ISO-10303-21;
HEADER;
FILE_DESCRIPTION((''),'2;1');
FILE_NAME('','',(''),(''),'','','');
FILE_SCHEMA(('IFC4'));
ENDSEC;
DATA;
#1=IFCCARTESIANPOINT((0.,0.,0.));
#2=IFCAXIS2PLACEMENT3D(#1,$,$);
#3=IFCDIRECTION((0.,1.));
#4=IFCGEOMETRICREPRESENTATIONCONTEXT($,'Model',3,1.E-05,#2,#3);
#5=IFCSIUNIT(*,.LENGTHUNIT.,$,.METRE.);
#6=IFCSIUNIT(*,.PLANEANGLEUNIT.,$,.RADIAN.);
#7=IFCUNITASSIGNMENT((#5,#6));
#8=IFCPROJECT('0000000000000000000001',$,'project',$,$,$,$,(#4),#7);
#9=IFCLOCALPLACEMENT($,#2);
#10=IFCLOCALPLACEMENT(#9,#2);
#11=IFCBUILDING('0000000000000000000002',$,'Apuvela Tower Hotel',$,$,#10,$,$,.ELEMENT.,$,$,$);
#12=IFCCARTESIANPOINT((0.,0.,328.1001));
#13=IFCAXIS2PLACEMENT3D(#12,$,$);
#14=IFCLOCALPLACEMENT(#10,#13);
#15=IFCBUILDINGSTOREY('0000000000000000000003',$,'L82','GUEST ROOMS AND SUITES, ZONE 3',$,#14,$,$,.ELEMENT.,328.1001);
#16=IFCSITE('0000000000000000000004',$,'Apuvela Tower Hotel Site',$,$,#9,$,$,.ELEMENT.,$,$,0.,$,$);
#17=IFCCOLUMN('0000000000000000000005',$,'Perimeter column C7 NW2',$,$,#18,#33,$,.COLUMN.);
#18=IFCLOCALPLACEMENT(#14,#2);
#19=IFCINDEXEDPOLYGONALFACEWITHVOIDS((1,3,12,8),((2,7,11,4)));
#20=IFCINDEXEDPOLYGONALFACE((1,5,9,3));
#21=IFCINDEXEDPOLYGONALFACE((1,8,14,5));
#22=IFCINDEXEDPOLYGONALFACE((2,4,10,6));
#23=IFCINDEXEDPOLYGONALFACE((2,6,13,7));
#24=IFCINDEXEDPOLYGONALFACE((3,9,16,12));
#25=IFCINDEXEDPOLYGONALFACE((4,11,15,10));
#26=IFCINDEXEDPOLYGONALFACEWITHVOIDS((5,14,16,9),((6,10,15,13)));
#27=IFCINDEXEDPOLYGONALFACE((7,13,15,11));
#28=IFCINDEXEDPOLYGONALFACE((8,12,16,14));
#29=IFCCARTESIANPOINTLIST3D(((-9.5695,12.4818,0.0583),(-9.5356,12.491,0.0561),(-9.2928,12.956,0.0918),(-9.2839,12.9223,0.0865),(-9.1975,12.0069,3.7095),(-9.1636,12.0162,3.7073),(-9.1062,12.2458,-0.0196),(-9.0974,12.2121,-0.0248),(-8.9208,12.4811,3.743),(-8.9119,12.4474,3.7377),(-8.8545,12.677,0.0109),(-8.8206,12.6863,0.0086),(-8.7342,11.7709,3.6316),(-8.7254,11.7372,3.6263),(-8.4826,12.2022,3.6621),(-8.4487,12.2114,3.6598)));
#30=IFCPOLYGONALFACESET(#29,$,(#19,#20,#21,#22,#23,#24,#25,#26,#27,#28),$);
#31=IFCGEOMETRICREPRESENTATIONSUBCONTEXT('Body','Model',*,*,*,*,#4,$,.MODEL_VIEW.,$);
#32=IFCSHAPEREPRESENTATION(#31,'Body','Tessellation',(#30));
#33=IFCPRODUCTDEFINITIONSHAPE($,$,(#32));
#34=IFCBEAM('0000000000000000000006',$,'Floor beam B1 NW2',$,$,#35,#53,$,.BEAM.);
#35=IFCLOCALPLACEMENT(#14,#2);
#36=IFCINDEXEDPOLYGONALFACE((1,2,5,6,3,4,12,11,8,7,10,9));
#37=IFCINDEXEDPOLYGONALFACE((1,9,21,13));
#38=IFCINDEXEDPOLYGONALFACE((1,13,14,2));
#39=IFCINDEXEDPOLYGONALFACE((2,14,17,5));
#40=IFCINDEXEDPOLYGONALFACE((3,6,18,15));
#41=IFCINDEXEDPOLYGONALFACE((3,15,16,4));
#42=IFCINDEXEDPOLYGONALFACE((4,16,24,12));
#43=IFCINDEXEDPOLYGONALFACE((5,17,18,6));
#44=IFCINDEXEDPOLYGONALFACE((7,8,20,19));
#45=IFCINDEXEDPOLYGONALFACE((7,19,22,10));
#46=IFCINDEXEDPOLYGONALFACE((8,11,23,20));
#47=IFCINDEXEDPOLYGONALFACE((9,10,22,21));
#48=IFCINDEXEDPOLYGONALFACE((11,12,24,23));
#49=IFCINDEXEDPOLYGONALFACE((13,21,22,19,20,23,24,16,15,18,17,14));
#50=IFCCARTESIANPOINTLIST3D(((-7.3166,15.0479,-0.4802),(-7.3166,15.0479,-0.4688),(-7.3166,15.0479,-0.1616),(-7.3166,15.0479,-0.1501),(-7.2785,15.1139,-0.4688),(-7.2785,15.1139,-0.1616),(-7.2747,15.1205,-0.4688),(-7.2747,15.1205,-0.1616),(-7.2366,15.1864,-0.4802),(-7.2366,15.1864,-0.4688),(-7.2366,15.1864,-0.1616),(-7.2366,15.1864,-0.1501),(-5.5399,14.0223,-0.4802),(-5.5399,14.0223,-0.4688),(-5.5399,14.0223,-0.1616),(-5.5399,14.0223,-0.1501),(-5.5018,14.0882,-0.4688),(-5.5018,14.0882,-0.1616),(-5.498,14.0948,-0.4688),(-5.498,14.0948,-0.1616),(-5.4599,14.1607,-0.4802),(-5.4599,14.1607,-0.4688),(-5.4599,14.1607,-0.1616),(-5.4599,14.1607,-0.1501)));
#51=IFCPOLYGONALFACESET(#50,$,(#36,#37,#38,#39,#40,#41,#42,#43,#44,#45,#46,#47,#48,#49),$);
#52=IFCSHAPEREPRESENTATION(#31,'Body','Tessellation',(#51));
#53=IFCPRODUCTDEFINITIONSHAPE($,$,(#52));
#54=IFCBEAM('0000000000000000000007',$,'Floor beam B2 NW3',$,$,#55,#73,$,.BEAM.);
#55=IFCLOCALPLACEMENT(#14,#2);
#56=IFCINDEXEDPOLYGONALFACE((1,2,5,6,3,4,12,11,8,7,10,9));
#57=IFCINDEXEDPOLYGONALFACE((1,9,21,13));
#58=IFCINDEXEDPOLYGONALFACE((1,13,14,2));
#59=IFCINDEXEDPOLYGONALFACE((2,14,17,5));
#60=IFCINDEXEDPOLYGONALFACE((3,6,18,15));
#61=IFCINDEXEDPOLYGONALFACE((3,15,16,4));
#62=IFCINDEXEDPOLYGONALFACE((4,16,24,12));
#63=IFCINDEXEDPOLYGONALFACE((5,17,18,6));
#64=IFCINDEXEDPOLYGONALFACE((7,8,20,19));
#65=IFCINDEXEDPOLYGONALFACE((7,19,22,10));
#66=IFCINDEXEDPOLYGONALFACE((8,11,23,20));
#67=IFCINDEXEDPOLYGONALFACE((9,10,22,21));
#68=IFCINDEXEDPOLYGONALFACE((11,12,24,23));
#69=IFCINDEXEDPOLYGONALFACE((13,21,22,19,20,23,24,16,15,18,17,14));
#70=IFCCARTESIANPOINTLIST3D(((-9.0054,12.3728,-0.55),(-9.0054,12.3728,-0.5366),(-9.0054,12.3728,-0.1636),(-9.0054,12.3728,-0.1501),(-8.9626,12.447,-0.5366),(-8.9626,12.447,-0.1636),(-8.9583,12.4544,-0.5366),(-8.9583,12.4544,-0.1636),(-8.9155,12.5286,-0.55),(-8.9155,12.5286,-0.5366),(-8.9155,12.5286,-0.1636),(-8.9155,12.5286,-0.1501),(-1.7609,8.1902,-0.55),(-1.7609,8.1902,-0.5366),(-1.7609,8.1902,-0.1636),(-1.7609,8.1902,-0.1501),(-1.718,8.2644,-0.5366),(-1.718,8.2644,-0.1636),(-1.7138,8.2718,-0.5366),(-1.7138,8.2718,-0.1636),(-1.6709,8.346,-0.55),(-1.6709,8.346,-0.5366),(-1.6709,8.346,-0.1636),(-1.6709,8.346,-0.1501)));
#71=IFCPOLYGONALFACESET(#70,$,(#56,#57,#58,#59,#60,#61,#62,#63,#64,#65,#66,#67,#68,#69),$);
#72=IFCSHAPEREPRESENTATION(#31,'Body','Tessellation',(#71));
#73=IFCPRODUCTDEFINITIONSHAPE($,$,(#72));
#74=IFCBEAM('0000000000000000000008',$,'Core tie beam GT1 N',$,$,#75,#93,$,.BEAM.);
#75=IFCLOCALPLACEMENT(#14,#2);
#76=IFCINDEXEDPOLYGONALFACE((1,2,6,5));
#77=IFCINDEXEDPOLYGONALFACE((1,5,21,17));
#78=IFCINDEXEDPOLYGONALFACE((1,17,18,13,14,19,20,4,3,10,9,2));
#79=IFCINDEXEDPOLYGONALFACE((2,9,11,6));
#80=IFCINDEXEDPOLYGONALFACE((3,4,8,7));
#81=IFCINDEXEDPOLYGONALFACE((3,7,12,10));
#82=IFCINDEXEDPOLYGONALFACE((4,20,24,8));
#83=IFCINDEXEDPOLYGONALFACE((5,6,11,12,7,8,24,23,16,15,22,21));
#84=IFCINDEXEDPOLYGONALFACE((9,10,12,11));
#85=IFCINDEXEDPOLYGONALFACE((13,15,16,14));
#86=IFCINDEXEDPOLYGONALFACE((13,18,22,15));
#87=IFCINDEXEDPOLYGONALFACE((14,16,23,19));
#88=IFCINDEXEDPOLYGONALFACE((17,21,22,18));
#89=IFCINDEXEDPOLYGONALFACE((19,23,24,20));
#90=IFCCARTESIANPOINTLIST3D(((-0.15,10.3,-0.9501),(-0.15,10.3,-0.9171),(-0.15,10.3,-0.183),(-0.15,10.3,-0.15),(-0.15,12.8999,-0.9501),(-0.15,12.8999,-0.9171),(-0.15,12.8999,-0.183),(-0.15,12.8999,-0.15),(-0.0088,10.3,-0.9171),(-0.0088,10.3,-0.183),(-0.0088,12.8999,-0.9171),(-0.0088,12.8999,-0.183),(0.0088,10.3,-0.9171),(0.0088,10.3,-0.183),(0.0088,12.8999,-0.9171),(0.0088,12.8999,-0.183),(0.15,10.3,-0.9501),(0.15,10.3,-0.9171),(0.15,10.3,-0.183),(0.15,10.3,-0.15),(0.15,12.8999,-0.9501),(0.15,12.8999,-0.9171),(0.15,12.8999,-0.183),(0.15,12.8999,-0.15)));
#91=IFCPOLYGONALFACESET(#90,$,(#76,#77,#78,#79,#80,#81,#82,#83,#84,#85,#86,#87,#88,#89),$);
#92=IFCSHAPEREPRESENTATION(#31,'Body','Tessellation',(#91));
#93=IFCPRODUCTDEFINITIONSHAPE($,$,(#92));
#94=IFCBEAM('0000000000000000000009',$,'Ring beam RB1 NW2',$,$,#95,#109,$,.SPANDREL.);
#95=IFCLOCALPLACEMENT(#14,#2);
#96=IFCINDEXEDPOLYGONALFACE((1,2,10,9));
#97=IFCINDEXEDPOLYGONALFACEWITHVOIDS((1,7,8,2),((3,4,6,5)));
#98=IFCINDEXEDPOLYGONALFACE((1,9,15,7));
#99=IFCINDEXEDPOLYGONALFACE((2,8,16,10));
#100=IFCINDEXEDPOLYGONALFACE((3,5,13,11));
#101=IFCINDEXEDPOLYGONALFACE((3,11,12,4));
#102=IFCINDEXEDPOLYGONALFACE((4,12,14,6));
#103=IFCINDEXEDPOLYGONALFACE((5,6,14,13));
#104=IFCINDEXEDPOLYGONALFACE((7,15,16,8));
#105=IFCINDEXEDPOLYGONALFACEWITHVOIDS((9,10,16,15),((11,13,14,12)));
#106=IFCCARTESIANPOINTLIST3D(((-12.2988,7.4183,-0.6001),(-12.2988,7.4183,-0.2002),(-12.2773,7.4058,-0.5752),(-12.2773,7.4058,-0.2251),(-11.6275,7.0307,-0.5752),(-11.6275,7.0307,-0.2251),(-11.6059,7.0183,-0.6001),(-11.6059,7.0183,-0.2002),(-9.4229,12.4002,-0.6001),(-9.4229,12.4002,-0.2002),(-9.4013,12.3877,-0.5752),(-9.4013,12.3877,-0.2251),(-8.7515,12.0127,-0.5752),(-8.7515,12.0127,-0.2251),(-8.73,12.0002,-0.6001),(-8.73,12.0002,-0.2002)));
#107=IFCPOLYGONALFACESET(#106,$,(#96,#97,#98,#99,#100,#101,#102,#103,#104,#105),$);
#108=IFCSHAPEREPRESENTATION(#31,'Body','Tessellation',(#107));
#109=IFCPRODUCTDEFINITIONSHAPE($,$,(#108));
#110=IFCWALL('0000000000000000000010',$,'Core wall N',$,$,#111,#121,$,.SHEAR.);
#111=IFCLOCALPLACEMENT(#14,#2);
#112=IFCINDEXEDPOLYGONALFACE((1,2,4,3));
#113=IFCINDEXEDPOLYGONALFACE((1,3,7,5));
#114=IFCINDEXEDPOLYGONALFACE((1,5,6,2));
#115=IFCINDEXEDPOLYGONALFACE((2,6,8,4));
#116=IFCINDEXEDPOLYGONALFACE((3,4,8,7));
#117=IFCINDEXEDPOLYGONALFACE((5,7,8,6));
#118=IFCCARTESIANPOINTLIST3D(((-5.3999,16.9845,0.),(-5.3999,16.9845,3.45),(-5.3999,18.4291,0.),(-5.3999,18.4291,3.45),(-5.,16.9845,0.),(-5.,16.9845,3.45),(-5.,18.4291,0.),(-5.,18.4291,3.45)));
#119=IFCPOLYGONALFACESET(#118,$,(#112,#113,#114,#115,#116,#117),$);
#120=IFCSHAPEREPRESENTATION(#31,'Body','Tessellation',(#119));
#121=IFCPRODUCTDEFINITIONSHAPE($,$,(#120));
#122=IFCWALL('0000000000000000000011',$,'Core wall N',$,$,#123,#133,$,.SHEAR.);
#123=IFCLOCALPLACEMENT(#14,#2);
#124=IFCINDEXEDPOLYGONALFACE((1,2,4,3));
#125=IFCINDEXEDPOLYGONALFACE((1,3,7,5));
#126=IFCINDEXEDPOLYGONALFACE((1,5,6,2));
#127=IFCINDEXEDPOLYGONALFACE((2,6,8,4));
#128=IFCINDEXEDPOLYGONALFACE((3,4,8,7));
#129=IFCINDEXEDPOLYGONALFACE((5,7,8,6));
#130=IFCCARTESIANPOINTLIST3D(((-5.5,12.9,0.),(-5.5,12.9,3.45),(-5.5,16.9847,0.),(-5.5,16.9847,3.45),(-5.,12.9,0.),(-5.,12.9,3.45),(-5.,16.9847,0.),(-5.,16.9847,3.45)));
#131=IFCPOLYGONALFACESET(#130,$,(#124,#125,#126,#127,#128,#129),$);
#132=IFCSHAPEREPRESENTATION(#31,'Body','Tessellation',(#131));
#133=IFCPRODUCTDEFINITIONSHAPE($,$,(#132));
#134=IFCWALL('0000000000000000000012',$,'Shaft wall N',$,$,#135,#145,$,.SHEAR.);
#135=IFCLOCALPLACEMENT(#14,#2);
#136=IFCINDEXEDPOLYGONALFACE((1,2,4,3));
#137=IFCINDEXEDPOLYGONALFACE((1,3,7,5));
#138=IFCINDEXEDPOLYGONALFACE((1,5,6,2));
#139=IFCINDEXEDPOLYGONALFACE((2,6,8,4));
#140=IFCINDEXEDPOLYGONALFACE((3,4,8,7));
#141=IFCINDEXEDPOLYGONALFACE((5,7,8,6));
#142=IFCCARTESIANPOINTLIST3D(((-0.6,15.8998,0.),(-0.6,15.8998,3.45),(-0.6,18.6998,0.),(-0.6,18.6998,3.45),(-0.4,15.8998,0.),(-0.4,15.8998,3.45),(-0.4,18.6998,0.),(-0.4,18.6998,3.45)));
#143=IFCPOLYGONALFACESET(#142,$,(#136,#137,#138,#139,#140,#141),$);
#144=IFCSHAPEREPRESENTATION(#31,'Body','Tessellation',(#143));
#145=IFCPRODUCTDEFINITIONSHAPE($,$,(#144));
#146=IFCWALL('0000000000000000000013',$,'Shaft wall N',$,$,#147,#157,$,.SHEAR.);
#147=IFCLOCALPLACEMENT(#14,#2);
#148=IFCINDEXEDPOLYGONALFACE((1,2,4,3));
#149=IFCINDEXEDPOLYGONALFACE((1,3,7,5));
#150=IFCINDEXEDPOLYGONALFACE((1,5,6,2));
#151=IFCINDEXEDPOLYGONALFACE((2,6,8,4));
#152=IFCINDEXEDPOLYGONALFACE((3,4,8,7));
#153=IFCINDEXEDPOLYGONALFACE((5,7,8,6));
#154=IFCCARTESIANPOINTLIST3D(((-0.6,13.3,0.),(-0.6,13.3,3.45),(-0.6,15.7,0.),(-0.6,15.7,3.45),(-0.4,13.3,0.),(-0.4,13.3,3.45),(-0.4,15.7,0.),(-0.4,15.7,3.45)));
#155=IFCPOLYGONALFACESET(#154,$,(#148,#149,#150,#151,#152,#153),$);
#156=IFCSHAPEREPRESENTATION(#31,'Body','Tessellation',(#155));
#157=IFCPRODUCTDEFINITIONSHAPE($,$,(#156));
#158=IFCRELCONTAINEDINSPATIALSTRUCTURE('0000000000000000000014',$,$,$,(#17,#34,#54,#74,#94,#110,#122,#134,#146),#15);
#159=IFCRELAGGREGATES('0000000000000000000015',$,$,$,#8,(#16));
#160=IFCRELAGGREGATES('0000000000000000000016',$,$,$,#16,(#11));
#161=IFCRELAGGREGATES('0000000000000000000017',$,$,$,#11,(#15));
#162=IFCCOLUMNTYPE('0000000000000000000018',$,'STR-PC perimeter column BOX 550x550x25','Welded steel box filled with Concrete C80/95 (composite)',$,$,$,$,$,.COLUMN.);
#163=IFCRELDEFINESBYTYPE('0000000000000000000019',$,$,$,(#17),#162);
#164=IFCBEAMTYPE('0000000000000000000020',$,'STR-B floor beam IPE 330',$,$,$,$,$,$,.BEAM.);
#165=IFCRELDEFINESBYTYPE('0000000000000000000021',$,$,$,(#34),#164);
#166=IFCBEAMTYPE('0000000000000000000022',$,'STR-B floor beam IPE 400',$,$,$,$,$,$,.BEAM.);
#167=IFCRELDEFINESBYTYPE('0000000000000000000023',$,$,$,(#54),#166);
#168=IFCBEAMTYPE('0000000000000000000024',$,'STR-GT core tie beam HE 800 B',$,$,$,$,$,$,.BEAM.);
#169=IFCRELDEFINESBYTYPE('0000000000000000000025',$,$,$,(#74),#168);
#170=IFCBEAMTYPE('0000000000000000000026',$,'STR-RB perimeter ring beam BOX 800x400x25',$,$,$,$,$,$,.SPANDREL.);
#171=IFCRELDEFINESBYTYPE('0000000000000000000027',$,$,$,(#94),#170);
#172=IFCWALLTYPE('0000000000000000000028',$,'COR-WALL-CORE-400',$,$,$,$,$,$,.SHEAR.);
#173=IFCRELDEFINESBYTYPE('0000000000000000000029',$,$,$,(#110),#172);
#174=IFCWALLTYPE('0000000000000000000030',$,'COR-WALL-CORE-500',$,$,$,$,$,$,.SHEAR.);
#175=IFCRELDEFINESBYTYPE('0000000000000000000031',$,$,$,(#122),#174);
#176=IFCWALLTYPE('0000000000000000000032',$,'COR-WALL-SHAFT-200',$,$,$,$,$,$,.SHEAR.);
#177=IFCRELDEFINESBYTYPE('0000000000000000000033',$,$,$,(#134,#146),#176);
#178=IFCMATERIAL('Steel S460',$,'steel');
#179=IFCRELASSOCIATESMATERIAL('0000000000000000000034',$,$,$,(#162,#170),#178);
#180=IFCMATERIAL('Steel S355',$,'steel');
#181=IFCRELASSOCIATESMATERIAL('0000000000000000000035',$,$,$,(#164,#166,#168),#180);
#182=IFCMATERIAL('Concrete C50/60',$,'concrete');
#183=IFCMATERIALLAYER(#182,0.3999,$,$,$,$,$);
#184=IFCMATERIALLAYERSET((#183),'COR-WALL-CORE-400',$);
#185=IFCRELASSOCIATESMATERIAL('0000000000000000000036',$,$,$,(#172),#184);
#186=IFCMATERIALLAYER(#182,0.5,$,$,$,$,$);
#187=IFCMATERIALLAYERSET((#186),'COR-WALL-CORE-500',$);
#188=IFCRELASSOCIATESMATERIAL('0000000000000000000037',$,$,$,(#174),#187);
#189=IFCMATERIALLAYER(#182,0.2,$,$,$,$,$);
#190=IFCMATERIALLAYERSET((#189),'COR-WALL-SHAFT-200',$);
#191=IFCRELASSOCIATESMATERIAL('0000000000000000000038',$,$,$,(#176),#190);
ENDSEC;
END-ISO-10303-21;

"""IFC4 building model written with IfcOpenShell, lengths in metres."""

from ifc_helpers import new_model, si_unit, direction, frame, frame_2d, origin, origin_2d, place, context, subcontext, project, spatial, rectangle, hollow_rectangle, i_section, extrude, boolean, halfspace, material, layer, layer_set, material_profile, profile_set, type_object, element, save


model = new_model("IFC4")

# Units and contexts
model_context = context("Model", 3, precision=1e-05, world=origin(), true_north=direction((0.0, 1.0)))
body_context = subcontext(model_context, "Body", "Model", "MODEL_VIEW")
ifc_project = project(units=[si_unit("LENGTHUNIT", "METRE"), si_unit("PLANEANGLEUNIT", "RADIAN")], contexts=[model_context])

# Site, building, storey
site_placement = place(None, origin())
site = spatial("IfcSite", under=ifc_project, at=site_placement, Name="Apuvela Tower Hotel Site", CompositionType="ELEMENT", RefElevation=0.0)
building_placement = place(site_placement, origin())
building = spatial("IfcBuilding", under=site, at=building_placement, Name="Apuvela Tower Hotel", CompositionType="ELEMENT")
storey_placement = place(building_placement, frame((0.0, 0.0, 328.1001)))
storey = spatial("IfcBuildingStorey", under=building, at=storey_placement, Name="L82", Description="GUEST ROOMS AND SUITES, ZONE 3", CompositionType="ELEMENT", Elevation=328.1001)

# Column
ifc_material_1 = material(Name="Steel S460", Category="steel")
ifc_material_profile_1 = material_profile(ifc_material_1, hollow_rectangle(XDim=0.55, YDim=0.55, WallThickness=0.0249, at=origin_2d()), Name="BOX 550x550x25")
ifc_material_2 = material(Name="Concrete C80/95", Category="concrete")
ifc_material_profile_2 = material_profile(ifc_material_2, rectangle(XDim=0.5, YDim=0.5, at=origin_2d()), Name="Concrete C80/95 infill")
ifc_profile_set_1 = profile_set([ifc_material_profile_1, ifc_material_profile_2], Name="Steel S460")
column_type = type_object("IfcColumnType", Name="STR-PC perimeter column BOX 550x550x25", Description="Welded steel box filled with Concrete C80/95 (composite)", PredefinedType="COLUMN", material=ifc_profile_set_1)
column_placement = place(storey_placement, frame((-9.1985, 12.5884, 0.0), z_axis=(0.100518, -0.128317, 0.986626), x_axis=(0.503129, 0.862066, 0.060858)))
element("IfcColumn", 1, at=column_placement, inside=storey, type_object=column_type, Name="Perimeter column C7 NW2", PredefinedType="COLUMN", context=body_context, shape_type="SweptSolid", body=[
    boolean("DIFFERENCE", boolean("DIFFERENCE", extrude(hollow_rectangle(XDim=0.55, YDim=0.55, WallThickness=0.0249, at=origin_2d()), origin(), (0.0, 0.0, 1.0), 3.75), halfspace(frame((0.0, 0.0, 0.0339), z_axis=(0.0, 0.0, 1.0), x_axis=(1.0, 0.0, 0.0)), True)), halfspace(frame((0.0, 0.0, 3.7346), z_axis=(0.0, 0.0, 1.0), x_axis=(1.0, 0.0, 0.0)), False)),
])

# Beams
ifc_material_3 = material(Name="Steel S355", Category="steel")
ifc_material_profile_3 = material_profile(ifc_material_3, i_section(OverallWidth=0.1599, OverallDepth=0.3301, WebThickness=0.0076, FlangeThickness=0.0115, at=origin_2d()), Name="IPE 330")
ifc_profile_set_2 = profile_set([ifc_material_profile_3], Name="Steel S355")
beam_type_1 = type_object("IfcBeamType", Name="STR-B floor beam IPE 330", PredefinedType="BEAM", material=ifc_profile_set_2)
beam_1_placement = place(storey_placement, frame((-7.2766, 15.1172, -0.3152), z_axis=(0.866045, -0.499966, 0.0), x_axis=(0.499966, 0.866045, 0.0)))
element("IfcBeam", 2, at=beam_1_placement, inside=storey, type_object=beam_type_1, Name="Floor beam B1 NW2", PredefinedType="BEAM", context=body_context, shape_type="SweptSolid", body=[
    extrude(i_section(OverallWidth=0.1599, OverallDepth=0.3301, WebThickness=0.0076, FlangeThickness=0.0115, at=origin_2d()), origin(), (0.0, 0.0, 1.0), 2.0515),
])
ifc_material_profile_4 = material_profile(ifc_material_3, i_section(OverallWidth=0.1799, OverallDepth=0.3999, WebThickness=0.0085, FlangeThickness=0.0134, at=origin_2d()), Name="IPE 400")
ifc_profile_set_3 = profile_set([ifc_material_profile_4], Name="Steel S355")
beam_type_2 = type_object("IfcBeamType", Name="STR-B floor beam IPE 400", PredefinedType="BEAM", material=ifc_profile_set_3)
beam_2_placement = place(storey_placement, frame((-8.9604, 12.4507, -0.3501), z_axis=(0.866029, -0.499994, 0.0), x_axis=(0.499994, 0.866029, 0.0)))
element("IfcBeam", 3, at=beam_2_placement, inside=storey, type_object=beam_type_2, Name="Floor beam B2 NW3", PredefinedType="BEAM", context=body_context, shape_type="SweptSolid", body=[
    extrude(i_section(OverallWidth=0.1799, OverallDepth=0.3999, WebThickness=0.0085, FlangeThickness=0.0134, at=origin_2d()), origin(), (0.0, 0.0, 1.0), 8.3652),
])
ifc_material_profile_5 = material_profile(ifc_material_3, i_section(OverallWidth=0.3, OverallDepth=0.8, WebThickness=0.0176, FlangeThickness=0.033, at=origin_2d()), Name="HE 800 B")
ifc_profile_set_4 = profile_set([ifc_material_profile_5], Name="Steel S355")
beam_type_3 = type_object("IfcBeamType", Name="STR-GT core tie beam HE 800 B", PredefinedType="BEAM", material=ifc_profile_set_4)
beam_3_placement = place(storey_placement, frame((0.0, 12.8999, -0.55), z_axis=(0.0, -1.0, 0.0), x_axis=(1.0, 0.0, 0.0)))
element("IfcBeam", 4, at=beam_3_placement, inside=storey, type_object=beam_type_3, Name="Core tie beam GT1 N", PredefinedType="BEAM", context=body_context, shape_type="SweptSolid", body=[
    extrude(i_section(OverallWidth=0.3, OverallDepth=0.8, WebThickness=0.0176, FlangeThickness=0.033, at=origin_2d()), origin(), (0.0, 0.0, 1.0), 2.5999),
])
ifc_material_profile_6 = material_profile(ifc_material_1, hollow_rectangle(XDim=0.8, YDim=0.3999, WallThickness=0.0249, at=origin_2d()), Name="BOX 800x400x25")
ifc_profile_set_5 = profile_set([ifc_material_profile_6], Name="Steel S460")
beam_type_4 = type_object("IfcBeamType", Name="STR-RB perimeter ring beam BOX 800x400x25", PredefinedType="SPANDREL", material=ifc_profile_set_5)
beam_4_placement = place(storey_placement, frame((-9.0764, 12.2002, -0.4001), z_axis=(-0.499955, -0.866051, 0.0), x_axis=(0.866051, -0.499955, 0.0)))
element("IfcBeam", 5, at=beam_4_placement, inside=storey, type_object=beam_type_4, Name="Ring beam RB1 NW2", PredefinedType="SPANDREL", context=body_context, shape_type="SweptSolid", body=[
    extrude(hollow_rectangle(XDim=0.8, YDim=0.3999, WallThickness=0.0249, at=origin_2d()), origin(), (0.0, 0.0, 1.0), 5.7524),
])

# Walls
ifc_material_4 = material(Name="Concrete C50/60", Category="concrete")
ifc_layer_1 = layer(ifc_material_4, 0.3999)
ifc_layer_set_1 = layer_set([ifc_layer_1], Name="COR-WALL-CORE-400")
wall_type_1 = type_object("IfcWallType", Name="COR-WALL-CORE-400", PredefinedType="SHEAR", material=ifc_layer_set_1)
wall_1_placement = place(storey_placement, frame((-5.2, 16.9846, 0.0), z_axis=(0.0, 0.0, 1.0), x_axis=(0.0, 1.0, 0.0)))
element("IfcWall", 6, at=wall_1_placement, inside=storey, type_object=wall_type_1, Name="Core wall N", PredefinedType="SHEAR", context=body_context, shape_type="SweptSolid", body=[
    extrude(rectangle(XDim=1.4446, YDim=0.3999, at=frame_2d((0.7222, 0.0))), origin(), (0.0, 0.0, 1.0), 3.45),
])
ifc_layer_2 = layer(ifc_material_4, 0.5)
ifc_layer_set_2 = layer_set([ifc_layer_2], Name="COR-WALL-CORE-500")
wall_type_2 = type_object("IfcWallType", Name="COR-WALL-CORE-500", PredefinedType="SHEAR", material=ifc_layer_set_2)
wall_2_placement = place(storey_placement, frame((-5.25, 12.8999, 0.0), z_axis=(0.0, 0.0, 1.0), x_axis=(0.0, 1.0, 0.0)))
element("IfcWall", 7, at=wall_2_placement, inside=storey, type_object=wall_type_2, Name="Core wall N", PredefinedType="SHEAR", context=body_context, shape_type="SweptSolid", body=[
    extrude(rectangle(XDim=4.0847, YDim=0.5, at=frame_2d((2.0425, 0.0))), origin(), (0.0, 0.0, 1.0), 3.45),
])
ifc_layer_3 = layer(ifc_material_4, 0.2)
ifc_layer_set_3 = layer_set([ifc_layer_3], Name="COR-WALL-SHAFT-200")
wall_type_3 = type_object("IfcWallType", Name="COR-WALL-SHAFT-200", PredefinedType="SHEAR", material=ifc_layer_set_3)
wall_3_placement = place(storey_placement, frame((-0.5, 15.8999, 0.0), z_axis=(0.0, 0.0, 1.0), x_axis=(0.0, 1.0, 0.0)))
element("IfcWall", 8, at=wall_3_placement, inside=storey, type_object=wall_type_3, Name="Shaft wall N", PredefinedType="SHEAR", context=body_context, shape_type="SweptSolid", body=[
    extrude(rectangle(XDim=2.8, YDim=0.2, at=frame_2d((1.3999, 0.0))), origin(), (0.0, 0.0, 1.0), 3.45),
])
wall_4_placement = place(storey_placement, frame((-0.5, 13.3, 0.0), z_axis=(0.0, 0.0, 1.0), x_axis=(0.0, 1.0, 0.0)))
element("IfcWall", 9, at=wall_4_placement, inside=storey, type_object=wall_type_3, Name="Shaft wall N", PredefinedType="SHEAR", context=body_context, shape_type="SweptSolid", body=[
    extrude(rectangle(XDim=2.3999, YDim=0.2, at=frame_2d((1.2, 0.0))), origin(), (0.0, 0.0, 1.0), 3.45),
])

save(model, "model.ifc")
